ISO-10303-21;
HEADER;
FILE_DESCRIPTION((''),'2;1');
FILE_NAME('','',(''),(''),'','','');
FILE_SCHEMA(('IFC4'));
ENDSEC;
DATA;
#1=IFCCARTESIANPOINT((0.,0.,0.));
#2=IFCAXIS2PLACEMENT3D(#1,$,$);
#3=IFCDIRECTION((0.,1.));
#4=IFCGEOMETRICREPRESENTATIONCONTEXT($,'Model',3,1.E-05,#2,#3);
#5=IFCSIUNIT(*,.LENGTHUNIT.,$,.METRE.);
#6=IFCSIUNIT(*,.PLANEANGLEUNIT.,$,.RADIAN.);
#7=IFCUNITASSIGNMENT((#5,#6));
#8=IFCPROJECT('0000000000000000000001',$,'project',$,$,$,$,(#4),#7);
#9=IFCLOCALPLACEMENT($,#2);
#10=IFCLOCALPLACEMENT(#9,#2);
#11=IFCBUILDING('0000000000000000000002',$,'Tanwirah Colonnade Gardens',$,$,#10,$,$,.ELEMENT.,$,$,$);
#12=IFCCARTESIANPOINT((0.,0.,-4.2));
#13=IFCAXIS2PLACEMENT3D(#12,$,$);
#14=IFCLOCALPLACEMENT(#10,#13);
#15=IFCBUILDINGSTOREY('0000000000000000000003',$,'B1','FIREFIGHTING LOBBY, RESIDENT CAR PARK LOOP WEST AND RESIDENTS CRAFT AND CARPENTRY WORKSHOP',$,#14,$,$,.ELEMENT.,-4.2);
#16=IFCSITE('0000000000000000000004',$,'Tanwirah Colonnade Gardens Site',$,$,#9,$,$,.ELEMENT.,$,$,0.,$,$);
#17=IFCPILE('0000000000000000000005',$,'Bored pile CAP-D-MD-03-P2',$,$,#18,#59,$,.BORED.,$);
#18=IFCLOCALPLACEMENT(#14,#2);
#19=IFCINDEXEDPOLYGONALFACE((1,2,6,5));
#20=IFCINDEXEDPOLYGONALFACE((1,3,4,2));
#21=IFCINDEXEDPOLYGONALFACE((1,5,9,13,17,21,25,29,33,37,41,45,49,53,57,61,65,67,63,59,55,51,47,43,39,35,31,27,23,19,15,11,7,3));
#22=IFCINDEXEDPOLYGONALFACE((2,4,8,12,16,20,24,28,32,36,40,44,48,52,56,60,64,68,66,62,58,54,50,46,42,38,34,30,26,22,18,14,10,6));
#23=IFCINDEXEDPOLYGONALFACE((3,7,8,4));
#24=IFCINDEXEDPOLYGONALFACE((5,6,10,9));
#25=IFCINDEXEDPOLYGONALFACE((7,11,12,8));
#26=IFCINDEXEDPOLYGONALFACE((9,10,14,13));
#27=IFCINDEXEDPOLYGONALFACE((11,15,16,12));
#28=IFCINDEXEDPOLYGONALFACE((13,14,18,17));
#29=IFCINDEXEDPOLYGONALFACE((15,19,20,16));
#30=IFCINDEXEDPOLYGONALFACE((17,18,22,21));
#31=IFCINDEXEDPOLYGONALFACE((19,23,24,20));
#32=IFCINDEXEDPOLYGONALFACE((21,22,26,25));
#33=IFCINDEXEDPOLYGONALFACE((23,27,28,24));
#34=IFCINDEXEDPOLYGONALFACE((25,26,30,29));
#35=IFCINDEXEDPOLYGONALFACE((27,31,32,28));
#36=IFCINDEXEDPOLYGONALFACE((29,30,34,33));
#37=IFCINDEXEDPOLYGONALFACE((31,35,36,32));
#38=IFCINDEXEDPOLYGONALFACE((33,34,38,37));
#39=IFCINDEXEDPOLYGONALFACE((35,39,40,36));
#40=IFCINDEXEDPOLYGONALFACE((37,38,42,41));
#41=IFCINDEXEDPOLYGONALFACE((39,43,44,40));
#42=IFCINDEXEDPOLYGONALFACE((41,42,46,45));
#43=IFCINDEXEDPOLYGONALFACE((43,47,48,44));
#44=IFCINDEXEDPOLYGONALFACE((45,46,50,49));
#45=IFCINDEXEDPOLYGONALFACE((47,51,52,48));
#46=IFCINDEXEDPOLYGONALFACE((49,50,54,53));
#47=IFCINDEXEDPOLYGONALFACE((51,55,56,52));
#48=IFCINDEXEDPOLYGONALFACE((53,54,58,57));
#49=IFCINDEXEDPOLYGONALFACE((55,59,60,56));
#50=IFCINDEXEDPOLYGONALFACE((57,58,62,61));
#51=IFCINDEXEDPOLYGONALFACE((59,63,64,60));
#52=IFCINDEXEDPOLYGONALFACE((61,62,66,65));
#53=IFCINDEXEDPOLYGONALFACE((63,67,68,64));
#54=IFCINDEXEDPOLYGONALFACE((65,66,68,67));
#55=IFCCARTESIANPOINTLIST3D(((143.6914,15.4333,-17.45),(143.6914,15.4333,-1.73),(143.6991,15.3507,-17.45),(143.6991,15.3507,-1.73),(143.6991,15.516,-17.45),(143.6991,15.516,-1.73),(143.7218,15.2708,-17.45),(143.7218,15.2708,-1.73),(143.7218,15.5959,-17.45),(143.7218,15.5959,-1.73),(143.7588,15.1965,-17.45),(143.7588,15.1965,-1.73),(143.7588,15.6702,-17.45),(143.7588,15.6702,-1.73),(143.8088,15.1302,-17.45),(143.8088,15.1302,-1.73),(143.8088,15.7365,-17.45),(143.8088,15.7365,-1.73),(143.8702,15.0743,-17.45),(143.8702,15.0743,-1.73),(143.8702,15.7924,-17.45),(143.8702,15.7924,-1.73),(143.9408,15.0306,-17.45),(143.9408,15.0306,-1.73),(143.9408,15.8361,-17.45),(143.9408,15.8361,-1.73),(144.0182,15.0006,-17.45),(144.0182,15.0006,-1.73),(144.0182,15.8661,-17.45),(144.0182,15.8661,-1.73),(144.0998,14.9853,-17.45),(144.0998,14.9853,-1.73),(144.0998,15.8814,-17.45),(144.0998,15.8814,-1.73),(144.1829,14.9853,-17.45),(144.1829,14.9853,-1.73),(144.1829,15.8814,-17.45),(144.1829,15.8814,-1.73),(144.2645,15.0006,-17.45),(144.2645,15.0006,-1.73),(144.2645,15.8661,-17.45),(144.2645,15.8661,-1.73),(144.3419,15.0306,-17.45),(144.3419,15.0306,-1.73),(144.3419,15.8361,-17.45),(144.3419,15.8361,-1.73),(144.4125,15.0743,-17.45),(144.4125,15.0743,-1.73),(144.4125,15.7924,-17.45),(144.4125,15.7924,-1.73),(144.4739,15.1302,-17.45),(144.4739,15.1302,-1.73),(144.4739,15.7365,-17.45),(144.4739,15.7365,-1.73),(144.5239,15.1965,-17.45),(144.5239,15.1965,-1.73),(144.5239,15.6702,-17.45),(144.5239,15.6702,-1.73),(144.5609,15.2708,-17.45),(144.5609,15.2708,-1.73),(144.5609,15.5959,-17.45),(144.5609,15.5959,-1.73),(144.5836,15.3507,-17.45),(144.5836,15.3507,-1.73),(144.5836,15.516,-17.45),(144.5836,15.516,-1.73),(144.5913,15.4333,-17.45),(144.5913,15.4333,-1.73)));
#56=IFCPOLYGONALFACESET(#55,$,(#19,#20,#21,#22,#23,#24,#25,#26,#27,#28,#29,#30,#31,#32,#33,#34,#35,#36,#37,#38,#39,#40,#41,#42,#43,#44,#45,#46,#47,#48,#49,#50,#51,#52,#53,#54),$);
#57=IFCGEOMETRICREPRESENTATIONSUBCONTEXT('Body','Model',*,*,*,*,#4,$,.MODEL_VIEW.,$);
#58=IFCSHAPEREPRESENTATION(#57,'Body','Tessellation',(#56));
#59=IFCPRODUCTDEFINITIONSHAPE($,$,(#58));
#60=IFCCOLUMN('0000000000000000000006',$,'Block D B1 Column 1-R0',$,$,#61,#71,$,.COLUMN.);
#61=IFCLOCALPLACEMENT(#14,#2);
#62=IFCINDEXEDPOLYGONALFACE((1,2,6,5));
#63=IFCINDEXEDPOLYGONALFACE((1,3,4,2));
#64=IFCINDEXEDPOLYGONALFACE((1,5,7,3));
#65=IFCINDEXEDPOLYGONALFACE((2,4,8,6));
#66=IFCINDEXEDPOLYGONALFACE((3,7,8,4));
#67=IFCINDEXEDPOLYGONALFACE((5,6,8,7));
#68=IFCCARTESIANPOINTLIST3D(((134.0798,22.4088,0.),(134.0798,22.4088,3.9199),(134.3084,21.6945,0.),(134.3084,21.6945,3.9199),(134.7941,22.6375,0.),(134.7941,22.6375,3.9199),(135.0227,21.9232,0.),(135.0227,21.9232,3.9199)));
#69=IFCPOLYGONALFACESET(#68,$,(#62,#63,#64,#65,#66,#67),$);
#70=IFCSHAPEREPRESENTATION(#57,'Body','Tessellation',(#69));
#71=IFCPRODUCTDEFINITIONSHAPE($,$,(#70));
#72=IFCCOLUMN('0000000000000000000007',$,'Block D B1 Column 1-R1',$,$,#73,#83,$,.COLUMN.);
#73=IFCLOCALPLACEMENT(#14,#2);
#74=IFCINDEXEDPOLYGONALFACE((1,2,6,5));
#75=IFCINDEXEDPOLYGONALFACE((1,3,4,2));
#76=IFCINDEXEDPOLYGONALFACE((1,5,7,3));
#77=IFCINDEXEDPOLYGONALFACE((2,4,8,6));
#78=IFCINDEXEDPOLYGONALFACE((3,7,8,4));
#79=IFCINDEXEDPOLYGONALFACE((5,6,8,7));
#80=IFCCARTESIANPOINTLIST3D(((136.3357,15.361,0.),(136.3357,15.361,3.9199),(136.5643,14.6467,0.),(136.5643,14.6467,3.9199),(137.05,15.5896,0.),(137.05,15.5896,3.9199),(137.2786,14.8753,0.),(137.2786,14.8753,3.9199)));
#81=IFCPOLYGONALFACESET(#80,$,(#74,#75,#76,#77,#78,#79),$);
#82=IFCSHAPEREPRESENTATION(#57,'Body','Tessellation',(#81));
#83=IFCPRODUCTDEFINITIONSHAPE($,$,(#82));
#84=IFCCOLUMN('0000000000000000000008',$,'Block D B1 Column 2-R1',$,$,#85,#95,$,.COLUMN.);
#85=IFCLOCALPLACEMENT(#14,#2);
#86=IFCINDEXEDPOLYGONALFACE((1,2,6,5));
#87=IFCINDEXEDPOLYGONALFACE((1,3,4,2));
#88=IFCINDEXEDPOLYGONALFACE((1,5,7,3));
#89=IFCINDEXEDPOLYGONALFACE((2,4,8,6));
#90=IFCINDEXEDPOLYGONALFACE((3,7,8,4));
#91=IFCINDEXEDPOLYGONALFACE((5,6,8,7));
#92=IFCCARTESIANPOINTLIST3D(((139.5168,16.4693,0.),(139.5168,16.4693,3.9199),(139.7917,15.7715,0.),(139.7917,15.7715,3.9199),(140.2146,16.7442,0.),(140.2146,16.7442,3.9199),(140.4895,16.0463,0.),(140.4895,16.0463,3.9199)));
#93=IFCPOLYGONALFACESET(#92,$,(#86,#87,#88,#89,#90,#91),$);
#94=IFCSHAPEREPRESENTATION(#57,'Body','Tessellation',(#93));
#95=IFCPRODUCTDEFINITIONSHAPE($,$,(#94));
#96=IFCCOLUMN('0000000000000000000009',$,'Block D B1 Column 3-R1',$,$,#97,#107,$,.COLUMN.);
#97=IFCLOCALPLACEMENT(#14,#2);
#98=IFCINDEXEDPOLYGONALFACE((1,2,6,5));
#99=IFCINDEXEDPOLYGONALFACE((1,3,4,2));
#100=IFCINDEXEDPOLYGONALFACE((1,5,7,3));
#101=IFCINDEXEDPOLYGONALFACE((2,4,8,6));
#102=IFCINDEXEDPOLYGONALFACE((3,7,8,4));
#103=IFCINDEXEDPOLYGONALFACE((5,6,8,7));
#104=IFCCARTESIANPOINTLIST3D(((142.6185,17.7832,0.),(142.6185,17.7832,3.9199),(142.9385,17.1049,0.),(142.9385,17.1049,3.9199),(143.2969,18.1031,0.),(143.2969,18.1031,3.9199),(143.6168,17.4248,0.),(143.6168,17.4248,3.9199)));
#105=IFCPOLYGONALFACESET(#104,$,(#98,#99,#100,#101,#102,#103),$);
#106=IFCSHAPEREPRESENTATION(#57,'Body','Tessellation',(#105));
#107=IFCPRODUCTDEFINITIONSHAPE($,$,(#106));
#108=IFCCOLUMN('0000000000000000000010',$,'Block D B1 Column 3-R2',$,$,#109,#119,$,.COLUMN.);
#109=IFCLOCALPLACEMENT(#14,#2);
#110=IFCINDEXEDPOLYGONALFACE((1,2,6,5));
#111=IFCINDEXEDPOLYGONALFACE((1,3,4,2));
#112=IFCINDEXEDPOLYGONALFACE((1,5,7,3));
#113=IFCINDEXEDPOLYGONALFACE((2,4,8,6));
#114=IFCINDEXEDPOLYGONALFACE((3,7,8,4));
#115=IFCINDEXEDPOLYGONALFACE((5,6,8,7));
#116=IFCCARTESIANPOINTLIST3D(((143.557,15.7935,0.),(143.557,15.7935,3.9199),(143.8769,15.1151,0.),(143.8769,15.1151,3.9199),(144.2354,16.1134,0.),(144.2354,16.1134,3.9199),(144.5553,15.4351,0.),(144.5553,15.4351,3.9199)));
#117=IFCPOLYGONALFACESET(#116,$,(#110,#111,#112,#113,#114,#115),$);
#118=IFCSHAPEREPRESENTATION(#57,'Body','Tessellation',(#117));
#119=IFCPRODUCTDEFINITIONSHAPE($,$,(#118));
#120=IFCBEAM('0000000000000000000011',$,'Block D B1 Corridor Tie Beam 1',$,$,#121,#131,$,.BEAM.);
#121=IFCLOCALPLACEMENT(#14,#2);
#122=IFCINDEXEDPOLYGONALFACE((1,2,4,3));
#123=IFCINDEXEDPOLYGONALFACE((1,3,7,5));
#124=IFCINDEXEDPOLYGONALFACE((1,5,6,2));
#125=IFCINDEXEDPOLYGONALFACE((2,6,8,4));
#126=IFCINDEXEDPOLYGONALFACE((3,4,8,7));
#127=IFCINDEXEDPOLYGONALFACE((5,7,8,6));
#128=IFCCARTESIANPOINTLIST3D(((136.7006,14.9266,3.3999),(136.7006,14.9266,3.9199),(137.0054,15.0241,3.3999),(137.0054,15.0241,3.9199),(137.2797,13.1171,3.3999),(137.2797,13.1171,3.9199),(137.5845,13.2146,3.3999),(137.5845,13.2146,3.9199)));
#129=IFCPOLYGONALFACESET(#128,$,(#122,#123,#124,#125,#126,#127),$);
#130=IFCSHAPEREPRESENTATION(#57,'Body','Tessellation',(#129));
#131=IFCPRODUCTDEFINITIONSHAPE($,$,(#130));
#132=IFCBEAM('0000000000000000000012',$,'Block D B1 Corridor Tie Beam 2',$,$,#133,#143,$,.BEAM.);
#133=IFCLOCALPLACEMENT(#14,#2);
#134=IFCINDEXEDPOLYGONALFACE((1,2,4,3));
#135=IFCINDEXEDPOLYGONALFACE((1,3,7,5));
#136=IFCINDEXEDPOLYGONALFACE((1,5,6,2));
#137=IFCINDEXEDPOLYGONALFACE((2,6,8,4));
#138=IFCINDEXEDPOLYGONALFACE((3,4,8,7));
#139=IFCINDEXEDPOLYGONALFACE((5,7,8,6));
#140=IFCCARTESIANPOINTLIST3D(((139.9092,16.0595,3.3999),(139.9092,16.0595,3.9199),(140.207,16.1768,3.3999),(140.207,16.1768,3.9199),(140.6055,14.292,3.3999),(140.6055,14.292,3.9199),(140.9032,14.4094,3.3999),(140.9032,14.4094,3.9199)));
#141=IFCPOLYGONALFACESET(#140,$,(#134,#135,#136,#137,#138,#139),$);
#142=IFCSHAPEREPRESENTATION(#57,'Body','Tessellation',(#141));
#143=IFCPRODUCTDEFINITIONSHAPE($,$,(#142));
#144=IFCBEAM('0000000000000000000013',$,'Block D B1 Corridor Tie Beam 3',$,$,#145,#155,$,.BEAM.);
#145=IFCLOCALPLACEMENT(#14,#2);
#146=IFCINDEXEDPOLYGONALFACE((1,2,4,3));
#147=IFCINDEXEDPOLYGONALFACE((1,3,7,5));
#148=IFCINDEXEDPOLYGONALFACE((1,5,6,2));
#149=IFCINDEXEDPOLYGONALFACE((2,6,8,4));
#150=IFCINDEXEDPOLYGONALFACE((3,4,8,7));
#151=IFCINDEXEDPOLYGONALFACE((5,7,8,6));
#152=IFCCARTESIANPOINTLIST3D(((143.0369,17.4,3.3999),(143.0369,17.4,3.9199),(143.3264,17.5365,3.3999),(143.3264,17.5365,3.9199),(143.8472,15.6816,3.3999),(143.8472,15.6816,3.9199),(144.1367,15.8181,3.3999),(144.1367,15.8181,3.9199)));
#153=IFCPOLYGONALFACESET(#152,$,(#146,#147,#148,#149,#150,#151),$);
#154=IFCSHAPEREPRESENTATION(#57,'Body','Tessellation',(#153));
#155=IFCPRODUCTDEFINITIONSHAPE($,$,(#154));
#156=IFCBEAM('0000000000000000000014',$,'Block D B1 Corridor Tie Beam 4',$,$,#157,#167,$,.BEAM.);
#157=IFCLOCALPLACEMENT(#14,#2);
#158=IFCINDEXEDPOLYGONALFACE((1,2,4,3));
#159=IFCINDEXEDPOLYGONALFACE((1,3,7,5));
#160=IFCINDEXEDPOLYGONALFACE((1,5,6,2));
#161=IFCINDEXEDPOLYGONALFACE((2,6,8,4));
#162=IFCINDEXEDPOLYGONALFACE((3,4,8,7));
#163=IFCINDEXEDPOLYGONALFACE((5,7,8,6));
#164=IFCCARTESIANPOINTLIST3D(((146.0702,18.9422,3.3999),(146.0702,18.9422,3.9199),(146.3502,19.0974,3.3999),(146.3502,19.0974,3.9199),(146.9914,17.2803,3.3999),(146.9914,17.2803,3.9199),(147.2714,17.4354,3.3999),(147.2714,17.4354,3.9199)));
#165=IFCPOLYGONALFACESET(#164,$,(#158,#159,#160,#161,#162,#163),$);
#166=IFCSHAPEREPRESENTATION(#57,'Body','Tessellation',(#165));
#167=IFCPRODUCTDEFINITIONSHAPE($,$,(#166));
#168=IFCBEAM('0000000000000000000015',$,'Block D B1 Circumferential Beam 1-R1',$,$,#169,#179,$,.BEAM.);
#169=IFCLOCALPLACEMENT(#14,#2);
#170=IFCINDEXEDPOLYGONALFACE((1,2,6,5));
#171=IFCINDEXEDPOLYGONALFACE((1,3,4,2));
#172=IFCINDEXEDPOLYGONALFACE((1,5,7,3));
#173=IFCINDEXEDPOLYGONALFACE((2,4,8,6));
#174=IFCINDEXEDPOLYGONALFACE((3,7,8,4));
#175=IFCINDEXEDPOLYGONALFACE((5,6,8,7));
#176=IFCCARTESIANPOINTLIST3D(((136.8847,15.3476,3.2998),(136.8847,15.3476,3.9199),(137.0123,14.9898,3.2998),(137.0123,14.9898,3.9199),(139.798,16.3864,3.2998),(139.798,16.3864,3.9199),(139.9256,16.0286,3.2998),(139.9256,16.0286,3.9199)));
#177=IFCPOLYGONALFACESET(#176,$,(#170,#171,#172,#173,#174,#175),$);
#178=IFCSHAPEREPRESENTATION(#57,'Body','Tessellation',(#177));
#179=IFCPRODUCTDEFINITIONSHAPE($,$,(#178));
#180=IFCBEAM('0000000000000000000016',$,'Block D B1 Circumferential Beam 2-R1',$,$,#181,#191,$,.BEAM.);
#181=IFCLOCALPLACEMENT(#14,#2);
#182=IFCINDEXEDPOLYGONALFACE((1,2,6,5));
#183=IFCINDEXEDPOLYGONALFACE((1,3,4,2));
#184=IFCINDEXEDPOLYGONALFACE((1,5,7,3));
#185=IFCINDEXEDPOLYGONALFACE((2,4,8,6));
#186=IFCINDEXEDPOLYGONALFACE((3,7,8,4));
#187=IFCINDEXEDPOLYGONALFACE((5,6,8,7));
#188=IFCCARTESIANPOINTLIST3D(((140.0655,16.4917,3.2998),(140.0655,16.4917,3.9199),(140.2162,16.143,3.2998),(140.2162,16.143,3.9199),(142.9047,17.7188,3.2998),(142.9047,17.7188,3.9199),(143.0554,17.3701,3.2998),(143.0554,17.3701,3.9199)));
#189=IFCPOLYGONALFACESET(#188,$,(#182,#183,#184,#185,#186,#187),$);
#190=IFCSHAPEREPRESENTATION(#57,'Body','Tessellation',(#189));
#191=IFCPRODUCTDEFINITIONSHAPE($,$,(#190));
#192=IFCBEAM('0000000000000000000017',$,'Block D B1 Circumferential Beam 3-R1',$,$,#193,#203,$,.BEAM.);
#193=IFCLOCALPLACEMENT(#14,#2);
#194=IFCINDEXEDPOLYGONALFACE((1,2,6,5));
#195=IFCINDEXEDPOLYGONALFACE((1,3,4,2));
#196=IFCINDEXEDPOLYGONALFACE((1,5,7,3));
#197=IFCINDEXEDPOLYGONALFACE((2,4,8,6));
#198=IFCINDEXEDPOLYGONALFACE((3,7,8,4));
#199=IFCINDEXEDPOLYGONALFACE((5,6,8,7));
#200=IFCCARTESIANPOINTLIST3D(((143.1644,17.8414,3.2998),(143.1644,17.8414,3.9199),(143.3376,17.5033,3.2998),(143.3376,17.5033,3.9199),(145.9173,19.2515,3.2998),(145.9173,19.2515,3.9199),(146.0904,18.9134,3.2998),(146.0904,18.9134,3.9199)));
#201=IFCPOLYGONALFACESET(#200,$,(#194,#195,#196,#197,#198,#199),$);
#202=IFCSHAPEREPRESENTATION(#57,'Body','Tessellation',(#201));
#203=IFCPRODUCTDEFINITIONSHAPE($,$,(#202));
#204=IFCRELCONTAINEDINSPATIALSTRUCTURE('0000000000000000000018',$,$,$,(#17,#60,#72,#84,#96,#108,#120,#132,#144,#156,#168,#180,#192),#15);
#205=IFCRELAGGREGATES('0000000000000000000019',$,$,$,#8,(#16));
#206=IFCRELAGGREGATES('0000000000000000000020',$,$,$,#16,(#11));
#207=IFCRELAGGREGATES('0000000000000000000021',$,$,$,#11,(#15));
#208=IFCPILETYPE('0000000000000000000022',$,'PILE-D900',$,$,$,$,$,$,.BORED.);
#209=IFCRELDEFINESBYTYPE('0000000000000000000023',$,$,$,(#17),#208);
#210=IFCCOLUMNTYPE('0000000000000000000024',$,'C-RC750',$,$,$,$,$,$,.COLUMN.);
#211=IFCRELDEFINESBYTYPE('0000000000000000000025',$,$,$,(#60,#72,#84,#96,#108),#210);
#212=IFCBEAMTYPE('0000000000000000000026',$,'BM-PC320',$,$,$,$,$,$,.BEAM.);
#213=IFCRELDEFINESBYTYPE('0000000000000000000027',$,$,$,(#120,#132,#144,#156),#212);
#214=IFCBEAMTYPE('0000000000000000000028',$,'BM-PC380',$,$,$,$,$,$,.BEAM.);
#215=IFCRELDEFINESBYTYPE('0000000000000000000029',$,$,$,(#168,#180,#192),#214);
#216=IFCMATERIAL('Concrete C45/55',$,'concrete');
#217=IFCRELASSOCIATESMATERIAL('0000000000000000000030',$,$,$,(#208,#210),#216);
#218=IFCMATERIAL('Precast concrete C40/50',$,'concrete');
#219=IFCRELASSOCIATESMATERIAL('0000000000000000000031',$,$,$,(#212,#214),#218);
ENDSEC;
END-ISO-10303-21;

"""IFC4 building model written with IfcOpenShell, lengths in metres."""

from ifc_helpers import new_model, si_unit, direction, frame, origin, origin_2d, place, context, subcontext, project, spatial, rectangle, circle, extrude, material, material_profile, profile_set, type_object, element, save


model = new_model("IFC4")

# Units and contexts
model_context = context("Model", 3, precision=1e-05, world=origin(), true_north=direction((0.0, 1.0)))
body_context = subcontext(model_context, "Body", "Model", "MODEL_VIEW")
ifc_project = project(units=[si_unit("LENGTHUNIT", "METRE"), si_unit("PLANEANGLEUNIT", "RADIAN")], contexts=[model_context])

# Site, building, storey
site_placement = place(None, origin())
site = spatial("IfcSite", under=ifc_project, at=site_placement, Name="Tanwirah Colonnade Gardens Site", CompositionType="ELEMENT", RefElevation=0.0)
building_placement = place(site_placement, origin())
building = spatial("IfcBuilding", under=site, at=building_placement, Name="Tanwirah Colonnade Gardens", CompositionType="ELEMENT")
storey_placement = place(building_placement, frame((0.0, 0.0, -4.2)))
storey = spatial("IfcBuildingStorey", under=building, at=storey_placement, Name="B1", Description="FIREFIGHTING LOBBY, RESIDENT CAR PARK LOOP WEST AND RESIDENTS CRAFT AND CARPENTRY WORKSHOP", CompositionType="ELEMENT", Elevation=-4.2)

# Shared definitions
ifc_material_1 = material(Name="Concrete C45/55", Category="concrete")

# Pile
ifc_material_profile_1 = material_profile(ifc_material_1, circle(Radius=0.45, at=origin_2d()), Name="PILE D900")
ifc_profile_set_1 = profile_set([ifc_material_profile_1], Name="Concrete C45/55")
pile_type_1 = type_object("IfcPileType", Name="PILE-D900", PredefinedType="BORED", material=ifc_profile_set_1)
for number, where, z_axis, x_axis, name in (
    (1, (144.1414, 15.4333, -1.73), (0.0, 0.0, -1.0), (1.0, 0.0, 0.0), "Bored pile CAP-D-MD-03-P2"),
):
    element("IfcPile", number, at=place(storey_placement, frame(where, z_axis=z_axis, x_axis=x_axis)), inside=storey, type_object=pile_type_1, Name=name, PredefinedType="BORED", context=body_context, shape_type="SweptSolid", body=[
        extrude(circle(Radius=0.45, at=origin_2d()), origin(), (0.0, 0.0, 1.0), 15.72),
    ])

# Columns
ifc_material_profile_2 = material_profile(ifc_material_1, rectangle(XDim=0.75, YDim=0.75, at=origin_2d()), Name="RC-COL 750x750")
ifc_profile_set_2 = profile_set([ifc_material_profile_2], Name="Concrete C45/55")
column_type = type_object("IfcColumnType", Name="C-RC750", PredefinedType="COLUMN", material=ifc_profile_set_2)
for number, where, z_axis, x_axis, name in (
    (2, (134.5513, 22.166, 0.0), (0.0, 0.0, 1.0), (0.304864, -0.952396, 0.0), "Block D B1 Column 1-R0"),
    (3, (136.8071, 15.1182, 0.0), (0.0, 0.0, 1.0), (0.304864, -0.952396, 0.0), "Block D B1 Column 1-R1"),
    (4, (140.0032, 16.2578, 0.0), (0.0, 0.0, 1.0), (0.366501, -0.930418, 0.0), "Block D B1 Column 2-R1"),
    (5, (143.1177, 17.604, 0.0), (0.0, 0.0, 1.0), (0.426569, -0.904455, 0.0), "Block D B1 Column 3-R1"),
    (6, (144.0562, 15.6143, 0.0), (0.0, 0.0, 1.0), (0.426569, -0.904455, 0.0), "Block D B1 Column 3-R2"),
):
    element("IfcColumn", number, at=place(storey_placement, frame(where, z_axis=z_axis, x_axis=x_axis)), inside=storey, type_object=column_type, Name=name, PredefinedType="COLUMN", context=body_context, shape_type="SweptSolid", body=[
        extrude(rectangle(XDim=0.75, YDim=0.75, at=origin_2d()), origin(), (0.0, 0.0, 1.0), 3.9199),
    ])

# Beams
ifc_material_2 = material(Name="Precast concrete C40/50", Category="concrete")
ifc_material_profile_3 = material_profile(ifc_material_2, rectangle(XDim=0.3201, YDim=0.52, at=origin_2d()), Name="PC-BM 320x520")
ifc_profile_set_3 = profile_set([ifc_material_profile_3], Name="Precast concrete C40/50")
beam_type_1 = type_object("IfcBeamType", Name="BM-PC320", PredefinedType="BEAM", material=ifc_profile_set_3)
beam_1_placement = place(storey_placement, frame((136.853, 14.9753, 3.6599), z_axis=(0.304794, -0.952418, 0.0), x_axis=(0.952418, 0.304794, 0.0)))
element("IfcBeam", 7, at=beam_1_placement, inside=storey, type_object=beam_type_1, Name="Block D B1 Corridor Tie Beam 1", PredefinedType="BEAM", context=body_context, shape_type="SweptSolid", body=[
    extrude(rectangle(XDim=0.3201, YDim=0.52, at=origin_2d()), origin(), (0.0, 0.0, 1.0), 1.8999),
])
beam_2_placement = place(storey_placement, frame((140.0581, 16.1182, 3.6599), z_axis=(0.366511, -0.930414, 0.0), x_axis=(0.930414, 0.366511, 0.0)))
element("IfcBeam", 8, at=beam_2_placement, inside=storey, type_object=beam_type_1, Name="Block D B1 Corridor Tie Beam 2", PredefinedType="BEAM", context=body_context, shape_type="SweptSolid", body=[
    extrude(rectangle(XDim=0.3201, YDim=0.52, at=origin_2d()), origin(), (0.0, 0.0, 1.0), 1.8997),
])
beam_3_placement = place(storey_placement, frame((143.1816, 17.4683, 3.6599), z_axis=(0.426484, -0.904495, 0.0), x_axis=(0.904495, 0.426484, 0.0)))
element("IfcBeam", 9, at=beam_3_placement, inside=storey, type_object=beam_type_1, Name="Block D B1 Corridor Tie Beam 3", PredefinedType="BEAM", context=body_context, shape_type="SweptSolid", body=[
    extrude(rectangle(XDim=0.3201, YDim=0.52, at=origin_2d()), origin(), (0.0, 0.0, 1.0), 1.8999),
])
beam_4_placement = place(storey_placement, frame((146.2102, 19.0198, 3.6599), z_axis=(0.484792, -0.87463, 0.0), x_axis=(0.87463, 0.484792, 0.0)))
element("IfcBeam", 10, at=beam_4_placement, inside=storey, type_object=beam_type_1, Name="Block D B1 Corridor Tie Beam 4", PredefinedType="BEAM", context=body_context, shape_type="SweptSolid", body=[
    extrude(rectangle(XDim=0.3201, YDim=0.52, at=origin_2d()), origin(), (0.0, 0.0, 1.0), 1.9001),
])
ifc_material_profile_4 = material_profile(ifc_material_2, rectangle(XDim=0.3799, YDim=0.6201, at=origin_2d()), Name="PC-BM 380x620")
ifc_profile_set_4 = profile_set([ifc_material_profile_4], Name="Precast concrete C40/50")
beam_type_2 = type_object("IfcBeamType", Name="BM-PC380", PredefinedType="BEAM", material=ifc_profile_set_4)
for number, where, z_axis, x_axis, name in (
    (11, (136.9485, 15.1687, 3.6099), (0.941911, 0.335861, 0.0), (-0.335861, 0.941911, 0.0), "Block D B1 Circumferential Beam 1-R1"),
    (12, (140.1409, 16.3174, 3.6099), (0.917936, 0.396728, 0.0), (-0.396728, 0.917936, 0.0), "Block D B1 Circumferential Beam 2-R1"),
    (13, (143.251, 17.6724, 3.6099), (0.890028, 0.455906, 0.0), (-0.455906, 0.890028, 0.0), "Block D B1 Circumferential Beam 3-R1"),
):
    element("IfcBeam", number, at=place(storey_placement, frame(where, z_axis=z_axis, x_axis=x_axis)), inside=storey, type_object=beam_type_2, Name=name, PredefinedType="BEAM", context=body_context, shape_type="SweptSolid", body=[
        extrude(rectangle(XDim=0.3799, YDim=0.6201, at=origin_2d()), origin(), (0.0, 0.0, 1.0), 3.093),
    ])

save(model, "model.ifc")
